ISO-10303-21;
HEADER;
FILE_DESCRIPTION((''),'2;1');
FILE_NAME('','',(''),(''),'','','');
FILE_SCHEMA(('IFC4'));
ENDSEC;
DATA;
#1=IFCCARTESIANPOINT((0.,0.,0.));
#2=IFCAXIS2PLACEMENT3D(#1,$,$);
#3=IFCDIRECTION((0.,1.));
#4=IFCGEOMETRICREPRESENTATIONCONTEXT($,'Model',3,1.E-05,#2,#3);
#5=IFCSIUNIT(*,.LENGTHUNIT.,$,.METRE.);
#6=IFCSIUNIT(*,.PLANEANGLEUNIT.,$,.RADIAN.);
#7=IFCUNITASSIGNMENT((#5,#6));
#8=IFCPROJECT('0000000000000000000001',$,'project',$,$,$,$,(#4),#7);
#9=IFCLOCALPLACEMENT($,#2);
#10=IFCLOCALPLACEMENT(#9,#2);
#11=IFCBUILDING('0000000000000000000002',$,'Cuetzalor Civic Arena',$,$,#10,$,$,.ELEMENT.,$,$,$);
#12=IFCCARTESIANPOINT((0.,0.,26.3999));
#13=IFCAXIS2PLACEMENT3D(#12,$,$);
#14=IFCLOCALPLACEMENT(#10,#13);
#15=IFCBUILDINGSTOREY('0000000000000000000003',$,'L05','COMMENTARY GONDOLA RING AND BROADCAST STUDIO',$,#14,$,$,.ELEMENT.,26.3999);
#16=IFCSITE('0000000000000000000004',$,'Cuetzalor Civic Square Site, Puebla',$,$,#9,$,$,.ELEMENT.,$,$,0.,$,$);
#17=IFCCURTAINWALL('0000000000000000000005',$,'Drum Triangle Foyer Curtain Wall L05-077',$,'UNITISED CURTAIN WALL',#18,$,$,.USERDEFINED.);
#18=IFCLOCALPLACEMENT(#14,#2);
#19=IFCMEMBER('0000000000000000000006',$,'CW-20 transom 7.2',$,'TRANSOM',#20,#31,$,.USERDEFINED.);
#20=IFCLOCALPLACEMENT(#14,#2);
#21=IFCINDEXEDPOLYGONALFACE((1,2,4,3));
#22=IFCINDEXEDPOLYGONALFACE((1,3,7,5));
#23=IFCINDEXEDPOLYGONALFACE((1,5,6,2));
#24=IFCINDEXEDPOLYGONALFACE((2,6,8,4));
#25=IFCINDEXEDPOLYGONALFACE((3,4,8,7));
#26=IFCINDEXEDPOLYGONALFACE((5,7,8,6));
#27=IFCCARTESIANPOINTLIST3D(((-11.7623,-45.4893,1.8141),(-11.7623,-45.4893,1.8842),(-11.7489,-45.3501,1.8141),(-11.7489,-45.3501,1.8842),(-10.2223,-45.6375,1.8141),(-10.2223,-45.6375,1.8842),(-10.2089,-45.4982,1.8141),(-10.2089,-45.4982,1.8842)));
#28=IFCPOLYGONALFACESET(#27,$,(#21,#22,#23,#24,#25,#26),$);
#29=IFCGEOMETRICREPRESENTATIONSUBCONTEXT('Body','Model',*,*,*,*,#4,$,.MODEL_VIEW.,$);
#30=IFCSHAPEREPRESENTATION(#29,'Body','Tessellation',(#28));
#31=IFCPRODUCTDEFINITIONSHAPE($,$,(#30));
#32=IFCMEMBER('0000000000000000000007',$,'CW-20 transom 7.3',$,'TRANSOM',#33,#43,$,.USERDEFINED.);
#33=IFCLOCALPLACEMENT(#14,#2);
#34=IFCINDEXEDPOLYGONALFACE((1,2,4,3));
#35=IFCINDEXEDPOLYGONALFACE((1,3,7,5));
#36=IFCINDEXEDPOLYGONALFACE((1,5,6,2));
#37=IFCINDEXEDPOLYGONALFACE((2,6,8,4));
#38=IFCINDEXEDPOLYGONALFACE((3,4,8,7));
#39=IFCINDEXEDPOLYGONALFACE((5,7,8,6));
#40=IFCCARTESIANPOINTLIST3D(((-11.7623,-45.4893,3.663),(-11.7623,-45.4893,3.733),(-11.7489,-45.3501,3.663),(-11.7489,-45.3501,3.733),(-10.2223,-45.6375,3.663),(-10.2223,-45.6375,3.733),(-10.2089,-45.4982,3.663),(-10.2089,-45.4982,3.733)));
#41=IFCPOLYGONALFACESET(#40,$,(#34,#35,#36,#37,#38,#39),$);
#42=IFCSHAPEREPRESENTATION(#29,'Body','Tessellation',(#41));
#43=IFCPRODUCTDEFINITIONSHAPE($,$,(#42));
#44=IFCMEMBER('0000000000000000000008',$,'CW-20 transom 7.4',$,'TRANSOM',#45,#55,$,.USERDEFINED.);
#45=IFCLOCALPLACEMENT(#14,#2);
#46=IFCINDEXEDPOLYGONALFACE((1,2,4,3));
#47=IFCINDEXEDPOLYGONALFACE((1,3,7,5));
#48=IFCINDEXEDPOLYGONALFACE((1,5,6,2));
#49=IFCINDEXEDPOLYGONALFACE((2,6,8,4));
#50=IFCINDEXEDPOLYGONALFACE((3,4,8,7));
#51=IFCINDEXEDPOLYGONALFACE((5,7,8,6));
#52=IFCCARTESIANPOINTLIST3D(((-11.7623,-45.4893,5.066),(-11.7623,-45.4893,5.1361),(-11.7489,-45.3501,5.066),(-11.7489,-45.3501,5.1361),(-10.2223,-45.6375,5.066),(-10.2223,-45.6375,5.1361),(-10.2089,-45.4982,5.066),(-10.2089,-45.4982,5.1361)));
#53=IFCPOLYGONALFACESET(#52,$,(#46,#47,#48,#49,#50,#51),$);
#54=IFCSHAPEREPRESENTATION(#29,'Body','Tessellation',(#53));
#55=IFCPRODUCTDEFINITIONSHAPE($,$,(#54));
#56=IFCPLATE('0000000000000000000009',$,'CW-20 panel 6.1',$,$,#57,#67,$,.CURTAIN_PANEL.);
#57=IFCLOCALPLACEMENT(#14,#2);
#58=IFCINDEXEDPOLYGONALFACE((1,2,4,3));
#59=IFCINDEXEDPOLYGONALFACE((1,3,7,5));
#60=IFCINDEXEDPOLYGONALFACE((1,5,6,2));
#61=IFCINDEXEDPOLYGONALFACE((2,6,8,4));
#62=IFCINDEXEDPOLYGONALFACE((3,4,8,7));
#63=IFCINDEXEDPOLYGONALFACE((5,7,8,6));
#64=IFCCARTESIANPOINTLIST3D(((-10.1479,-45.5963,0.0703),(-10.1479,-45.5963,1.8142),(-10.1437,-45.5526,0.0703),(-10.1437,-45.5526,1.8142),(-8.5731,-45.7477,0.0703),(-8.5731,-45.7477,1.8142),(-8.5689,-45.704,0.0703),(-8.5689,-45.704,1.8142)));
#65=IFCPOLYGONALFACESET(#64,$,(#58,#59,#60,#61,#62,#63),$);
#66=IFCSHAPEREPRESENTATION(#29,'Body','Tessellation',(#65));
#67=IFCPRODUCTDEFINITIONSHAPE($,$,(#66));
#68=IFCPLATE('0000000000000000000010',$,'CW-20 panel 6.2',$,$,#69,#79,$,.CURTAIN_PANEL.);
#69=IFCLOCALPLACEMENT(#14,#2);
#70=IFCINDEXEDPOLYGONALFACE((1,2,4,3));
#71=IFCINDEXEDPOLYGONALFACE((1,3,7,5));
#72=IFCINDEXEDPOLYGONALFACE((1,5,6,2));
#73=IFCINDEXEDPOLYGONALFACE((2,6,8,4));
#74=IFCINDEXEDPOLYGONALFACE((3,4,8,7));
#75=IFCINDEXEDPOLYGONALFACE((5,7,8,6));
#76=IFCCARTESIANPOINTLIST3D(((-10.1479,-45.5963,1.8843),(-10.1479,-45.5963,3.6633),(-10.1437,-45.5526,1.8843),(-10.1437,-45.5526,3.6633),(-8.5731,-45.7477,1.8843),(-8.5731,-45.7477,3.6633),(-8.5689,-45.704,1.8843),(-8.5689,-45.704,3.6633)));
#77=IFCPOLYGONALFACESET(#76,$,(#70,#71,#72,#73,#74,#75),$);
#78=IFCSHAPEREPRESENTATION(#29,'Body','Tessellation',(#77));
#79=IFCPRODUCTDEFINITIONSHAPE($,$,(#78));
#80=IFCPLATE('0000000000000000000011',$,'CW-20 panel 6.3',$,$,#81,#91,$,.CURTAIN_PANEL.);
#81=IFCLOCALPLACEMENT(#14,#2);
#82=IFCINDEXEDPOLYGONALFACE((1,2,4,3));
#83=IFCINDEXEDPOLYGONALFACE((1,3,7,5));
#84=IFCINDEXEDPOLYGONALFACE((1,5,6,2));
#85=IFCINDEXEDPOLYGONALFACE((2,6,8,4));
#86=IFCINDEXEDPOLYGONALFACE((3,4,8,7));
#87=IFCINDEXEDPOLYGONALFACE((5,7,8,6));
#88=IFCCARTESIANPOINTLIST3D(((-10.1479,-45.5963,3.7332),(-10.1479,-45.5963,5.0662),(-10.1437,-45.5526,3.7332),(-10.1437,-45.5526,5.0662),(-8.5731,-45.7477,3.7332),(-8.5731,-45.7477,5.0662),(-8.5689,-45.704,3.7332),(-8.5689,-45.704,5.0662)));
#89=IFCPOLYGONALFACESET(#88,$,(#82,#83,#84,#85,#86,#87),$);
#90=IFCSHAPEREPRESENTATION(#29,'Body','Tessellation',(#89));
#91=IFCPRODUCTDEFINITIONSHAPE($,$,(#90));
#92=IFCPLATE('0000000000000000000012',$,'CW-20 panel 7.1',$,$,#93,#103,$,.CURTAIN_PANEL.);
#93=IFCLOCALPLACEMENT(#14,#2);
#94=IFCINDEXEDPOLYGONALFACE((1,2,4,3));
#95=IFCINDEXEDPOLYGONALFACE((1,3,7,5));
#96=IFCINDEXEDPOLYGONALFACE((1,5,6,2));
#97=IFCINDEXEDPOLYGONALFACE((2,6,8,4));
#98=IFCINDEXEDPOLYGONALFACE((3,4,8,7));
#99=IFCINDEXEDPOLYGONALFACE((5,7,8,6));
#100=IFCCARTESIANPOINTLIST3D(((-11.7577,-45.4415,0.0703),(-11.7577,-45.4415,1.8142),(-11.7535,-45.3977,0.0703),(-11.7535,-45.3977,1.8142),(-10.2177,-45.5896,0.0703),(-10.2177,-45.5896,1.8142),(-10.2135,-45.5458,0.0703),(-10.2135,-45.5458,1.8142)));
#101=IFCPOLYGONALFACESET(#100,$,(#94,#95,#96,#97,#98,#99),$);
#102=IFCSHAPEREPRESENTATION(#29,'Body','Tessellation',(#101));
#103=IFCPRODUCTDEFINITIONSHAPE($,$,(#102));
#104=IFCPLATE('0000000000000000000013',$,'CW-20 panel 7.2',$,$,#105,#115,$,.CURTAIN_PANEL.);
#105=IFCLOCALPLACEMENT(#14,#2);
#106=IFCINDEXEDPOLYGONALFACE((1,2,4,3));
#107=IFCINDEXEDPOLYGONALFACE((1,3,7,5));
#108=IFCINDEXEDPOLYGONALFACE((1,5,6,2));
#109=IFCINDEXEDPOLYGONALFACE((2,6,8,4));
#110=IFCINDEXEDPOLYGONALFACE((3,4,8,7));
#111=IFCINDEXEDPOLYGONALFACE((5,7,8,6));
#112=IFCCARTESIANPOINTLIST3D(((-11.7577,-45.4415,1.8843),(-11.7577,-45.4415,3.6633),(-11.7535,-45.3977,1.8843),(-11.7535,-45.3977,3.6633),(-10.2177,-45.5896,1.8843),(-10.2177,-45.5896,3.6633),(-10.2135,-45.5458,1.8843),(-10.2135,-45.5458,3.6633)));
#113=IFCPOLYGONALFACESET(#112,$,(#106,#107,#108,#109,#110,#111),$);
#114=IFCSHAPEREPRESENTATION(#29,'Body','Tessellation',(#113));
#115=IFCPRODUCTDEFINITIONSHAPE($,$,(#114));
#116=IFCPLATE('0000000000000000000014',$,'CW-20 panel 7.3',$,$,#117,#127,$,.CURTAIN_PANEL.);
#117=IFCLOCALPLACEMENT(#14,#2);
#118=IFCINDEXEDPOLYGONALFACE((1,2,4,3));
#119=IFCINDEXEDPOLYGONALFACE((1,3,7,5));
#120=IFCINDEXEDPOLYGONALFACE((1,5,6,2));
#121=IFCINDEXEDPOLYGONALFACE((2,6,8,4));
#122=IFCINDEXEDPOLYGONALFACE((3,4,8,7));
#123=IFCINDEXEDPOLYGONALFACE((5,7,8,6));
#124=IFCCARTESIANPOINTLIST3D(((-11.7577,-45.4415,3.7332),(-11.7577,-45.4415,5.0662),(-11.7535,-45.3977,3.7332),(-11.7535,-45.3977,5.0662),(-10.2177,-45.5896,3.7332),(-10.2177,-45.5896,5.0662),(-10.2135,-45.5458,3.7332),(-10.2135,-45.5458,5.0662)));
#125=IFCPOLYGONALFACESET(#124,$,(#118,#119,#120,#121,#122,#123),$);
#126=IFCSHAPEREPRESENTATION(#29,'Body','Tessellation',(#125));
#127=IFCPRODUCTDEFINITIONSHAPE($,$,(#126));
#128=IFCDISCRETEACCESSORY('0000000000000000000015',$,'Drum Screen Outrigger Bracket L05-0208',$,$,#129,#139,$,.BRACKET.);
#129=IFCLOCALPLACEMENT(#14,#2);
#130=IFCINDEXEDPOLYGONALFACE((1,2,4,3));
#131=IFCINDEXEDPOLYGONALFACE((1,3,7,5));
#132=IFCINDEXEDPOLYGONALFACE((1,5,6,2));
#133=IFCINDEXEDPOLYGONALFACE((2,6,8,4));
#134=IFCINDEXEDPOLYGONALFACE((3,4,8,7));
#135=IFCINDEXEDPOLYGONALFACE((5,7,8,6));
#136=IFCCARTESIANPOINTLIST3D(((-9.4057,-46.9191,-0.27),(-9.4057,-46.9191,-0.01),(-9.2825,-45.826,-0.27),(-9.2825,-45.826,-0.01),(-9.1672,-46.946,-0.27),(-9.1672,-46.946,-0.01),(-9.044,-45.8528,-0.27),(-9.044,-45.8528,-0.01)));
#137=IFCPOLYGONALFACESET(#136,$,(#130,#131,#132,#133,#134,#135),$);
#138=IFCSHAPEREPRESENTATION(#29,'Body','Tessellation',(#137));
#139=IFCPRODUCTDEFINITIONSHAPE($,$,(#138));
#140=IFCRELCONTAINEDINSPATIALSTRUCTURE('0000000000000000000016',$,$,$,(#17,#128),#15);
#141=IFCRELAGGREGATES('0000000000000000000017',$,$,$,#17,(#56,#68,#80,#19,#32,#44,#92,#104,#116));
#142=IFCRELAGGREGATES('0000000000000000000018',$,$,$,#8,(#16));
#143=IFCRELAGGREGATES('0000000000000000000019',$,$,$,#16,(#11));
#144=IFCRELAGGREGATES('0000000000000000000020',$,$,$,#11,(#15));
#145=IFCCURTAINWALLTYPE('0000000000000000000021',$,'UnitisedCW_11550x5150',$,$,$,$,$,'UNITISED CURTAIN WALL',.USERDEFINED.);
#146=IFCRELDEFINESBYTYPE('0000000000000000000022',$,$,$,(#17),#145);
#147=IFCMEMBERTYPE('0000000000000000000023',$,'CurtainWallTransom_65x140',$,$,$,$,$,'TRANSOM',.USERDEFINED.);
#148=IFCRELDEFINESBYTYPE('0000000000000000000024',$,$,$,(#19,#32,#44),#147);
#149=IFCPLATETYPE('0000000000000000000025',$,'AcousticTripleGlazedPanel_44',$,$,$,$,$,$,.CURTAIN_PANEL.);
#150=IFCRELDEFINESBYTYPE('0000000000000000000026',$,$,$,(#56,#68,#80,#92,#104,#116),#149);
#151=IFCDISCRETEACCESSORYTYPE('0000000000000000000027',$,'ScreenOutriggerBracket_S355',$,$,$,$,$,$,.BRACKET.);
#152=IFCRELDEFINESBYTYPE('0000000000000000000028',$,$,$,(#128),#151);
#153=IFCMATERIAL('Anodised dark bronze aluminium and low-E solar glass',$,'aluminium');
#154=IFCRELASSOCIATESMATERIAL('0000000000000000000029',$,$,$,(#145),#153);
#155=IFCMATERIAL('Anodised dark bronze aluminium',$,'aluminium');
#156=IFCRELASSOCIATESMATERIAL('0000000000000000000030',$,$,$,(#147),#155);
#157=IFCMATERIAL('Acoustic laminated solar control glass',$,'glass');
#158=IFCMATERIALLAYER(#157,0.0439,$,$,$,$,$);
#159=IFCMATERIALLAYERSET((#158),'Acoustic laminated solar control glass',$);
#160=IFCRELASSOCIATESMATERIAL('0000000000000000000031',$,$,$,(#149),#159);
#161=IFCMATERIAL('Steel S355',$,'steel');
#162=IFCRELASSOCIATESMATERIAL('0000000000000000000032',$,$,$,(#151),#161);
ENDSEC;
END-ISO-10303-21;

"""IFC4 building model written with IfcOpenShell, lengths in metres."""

from ifc_helpers import new_model, si_unit, direction, frame, origin, origin_2d, place, context, subcontext, project, spatial, rectangle, extrude, material, layer, layer_set, material_profile, profile_set, type_object, element, aggregate, save


model = new_model("IFC4")

# Units and contexts
model_context = context("Model", 3, precision=1e-05, world=origin(), true_north=direction((0.0, 1.0)))
body_context = subcontext(model_context, "Body", "Model", "MODEL_VIEW")
ifc_project = project(units=[si_unit("LENGTHUNIT", "METRE"), si_unit("PLANEANGLEUNIT", "RADIAN")], contexts=[model_context])

# Site, building, storey
site_placement = place(None, origin())
site = spatial("IfcSite", under=ifc_project, at=site_placement, Name="Cuetzalor Civic Square Site, Puebla", CompositionType="ELEMENT", RefElevation=0.0)
building_placement = place(site_placement, origin())
building = spatial("IfcBuilding", under=site, at=building_placement, Name="Cuetzalor Civic Arena", CompositionType="ELEMENT")
storey_placement = place(building_placement, frame((0.0, 0.0, 26.3999)))
storey = spatial("IfcBuildingStorey", under=building, at=storey_placement, Name="L05", Description="COMMENTARY GONDOLA RING AND BROADCAST STUDIO", CompositionType="ELEMENT", Elevation=26.3999)

# Curtain wall, members, plates
ifc_material_1 = material(Name="Anodised dark bronze aluminium and low-E solar glass", Category="aluminium")
curtain_wall_type = type_object("IfcCurtainWallType", Name="UnitisedCW_11550x5150", ElementType="UNITISED CURTAIN WALL", PredefinedType="USERDEFINED", material=ifc_material_1)
curtain_wall_placement = place(storey_placement, origin())
curtain_wall = element("IfcCurtainWall", 1, at=curtain_wall_placement, inside=storey, type_object=curtain_wall_type, Name="Drum Triangle Foyer Curtain Wall L05-077", ObjectType="UNITISED CURTAIN WALL", PredefinedType="USERDEFINED")
ifc_material_2 = material(Name="Anodised dark bronze aluminium", Category="aluminium")
ifc_material_profile_1 = material_profile(ifc_material_2, rectangle(XDim=0.1399, YDim=0.0701, at=origin_2d()), Name="ALU TRANSOM 70x140")
ifc_profile_set_1 = profile_set([ifc_material_profile_1], Name="Anodised dark bronze aluminium")
member_type_1 = type_object("IfcMemberType", Name="CurtainWallTransom_65x140", ElementType="TRANSOM", PredefinedType="USERDEFINED", material=ifc_profile_set_1)
member_1_placement = place(storey_placement, frame((-10.2156, -45.5679, 1.8491), z_axis=(-0.995402, 0.095785, 0.0), x_axis=(-0.095785, -0.995402, 0.0)))
member_1 = element("IfcMember", 2, at=member_1_placement, type_object=member_type_1, Name="CW-20 transom 7.2", ObjectType="TRANSOM", PredefinedType="USERDEFINED", context=body_context, shape_type="SweptSolid", body=[
    extrude(rectangle(XDim=0.1399, YDim=0.0701, at=origin_2d()), origin(), (0.0, 0.0, 1.0), 1.5471),
])
member_2_placement = place(storey_placement, frame((-10.2156, -45.5679, 3.698), z_axis=(-0.995402, 0.095785, 0.0), x_axis=(-0.095785, -0.995402, 0.0)))
member_2 = element("IfcMember", 3, at=member_2_placement, type_object=member_type_1, Name="CW-20 transom 7.3", ObjectType="TRANSOM", PredefinedType="USERDEFINED", context=body_context, shape_type="SweptSolid", body=[
    extrude(rectangle(XDim=0.1399, YDim=0.0701, at=origin_2d()), origin(), (0.0, 0.0, 1.0), 1.5471),
])
member_3_placement = place(storey_placement, frame((-10.2156, -45.5679, 5.1011), z_axis=(-0.995402, 0.095785, 0.0), x_axis=(-0.095785, -0.995402, 0.0)))
member_3 = element("IfcMember", 4, at=member_3_placement, type_object=member_type_1, Name="CW-20 transom 7.4", ObjectType="TRANSOM", PredefinedType="USERDEFINED", context=body_context, shape_type="SweptSolid", body=[
    extrude(rectangle(XDim=0.1399, YDim=0.0701, at=origin_2d()), origin(), (0.0, 0.0, 1.0), 1.5471),
])
ifc_material_3 = material(Name="Acoustic laminated solar control glass", Category="glass")
ifc_layer = layer(ifc_material_3, 0.0439)
ifc_layer_set = layer_set([ifc_layer], Name="Acoustic laminated solar control glass")
plate_type = type_object("IfcPlateType", Name="AcousticTripleGlazedPanel_44", PredefinedType="CURTAIN_PANEL", material=ifc_layer_set)
plate_1_placement = place(storey_placement, frame((-9.3584, -45.6501, 0.0703), z_axis=(0.0, 0.0, 1.0), x_axis=(-0.995409, 0.095711, 0.0)))
plate_1 = element("IfcPlate", 5, at=plate_1_placement, type_object=plate_type, Name="CW-20 panel 6.1", PredefinedType="CURTAIN_PANEL", context=body_context, shape_type="SweptSolid", body=[
    extrude(rectangle(XDim=1.582, YDim=0.0439, at=origin_2d()), origin(), (0.0, 0.0, 1.0), 1.7439),
])
plate_2_placement = place(storey_placement, frame((-9.3584, -45.6501, 1.8843), z_axis=(0.0, 0.0, 1.0), x_axis=(-0.995409, 0.095711, 0.0)))
plate_2 = element("IfcPlate", 6, at=plate_2_placement, type_object=plate_type, Name="CW-20 panel 6.2", PredefinedType="CURTAIN_PANEL", context=body_context, shape_type="SweptSolid", body=[
    extrude(rectangle(XDim=1.582, YDim=0.0439, at=origin_2d()), origin(), (0.0, 0.0, 1.0), 1.7791),
])
plate_3_placement = place(storey_placement, frame((-9.3584, -45.6501, 3.7332), z_axis=(0.0, 0.0, 1.0), x_axis=(-0.995409, 0.095711, 0.0)))
plate_3 = element("IfcPlate", 7, at=plate_3_placement, type_object=plate_type, Name="CW-20 panel 6.3", PredefinedType="CURTAIN_PANEL", context=body_context, shape_type="SweptSolid", body=[
    extrude(rectangle(XDim=1.582, YDim=0.0439, at=origin_2d()), origin(), (0.0, 0.0, 1.0), 1.333),
])
plate_4_placement = place(storey_placement, frame((-10.9856, -45.4937, 0.0703), z_axis=(0.0, 0.0, 1.0), x_axis=(-0.995409, 0.095711, 0.0)))
plate_4 = element("IfcPlate", 8, at=plate_4_placement, type_object=plate_type, Name="CW-20 panel 7.1", PredefinedType="CURTAIN_PANEL", context=body_context, shape_type="SweptSolid", body=[
    extrude(rectangle(XDim=1.5471, YDim=0.0439, at=origin_2d()), origin(), (0.0, 0.0, 1.0), 1.7439),
])
plate_5_placement = place(storey_placement, frame((-10.9856, -45.4937, 1.8843), z_axis=(0.0, 0.0, 1.0), x_axis=(-0.995409, 0.095711, 0.0)))
plate_5 = element("IfcPlate", 9, at=plate_5_placement, type_object=plate_type, Name="CW-20 panel 7.2", PredefinedType="CURTAIN_PANEL", context=body_context, shape_type="SweptSolid", body=[
    extrude(rectangle(XDim=1.5471, YDim=0.0439, at=origin_2d()), origin(), (0.0, 0.0, 1.0), 1.7791),
])
plate_6_placement = place(storey_placement, frame((-10.9856, -45.4937, 3.7332), z_axis=(0.0, 0.0, 1.0), x_axis=(-0.995409, 0.095711, 0.0)))
plate_6 = element("IfcPlate", 10, at=plate_6_placement, type_object=plate_type, Name="CW-20 panel 7.3", PredefinedType="CURTAIN_PANEL", context=body_context, shape_type="SweptSolid", body=[
    extrude(rectangle(XDim=1.5471, YDim=0.0439, at=origin_2d()), origin(), (0.0, 0.0, 1.0), 1.333),
])
aggregate(curtain_wall, [plate_1, plate_2, plate_3, member_1, member_2, member_3, plate_4, plate_5, plate_6])

# Discrete accessory
ifc_material_4 = material(Name="Steel S355", Category="steel")
discrete_accessory_type = type_object("IfcDiscreteAccessoryType", Name="ScreenOutriggerBracket_S355", PredefinedType="BRACKET", material=ifc_material_4)
discrete_accessory_placement = place(storey_placement, frame((-9.2249, -46.386, -0.27), z_axis=(0.0, 0.0, 1.0), x_axis=(-0.111989, -0.993709, 0.0)))
element("IfcDiscreteAccessory", 11, at=discrete_accessory_placement, inside=storey, type_object=discrete_accessory_type, Name="Drum Screen Outrigger Bracket L05-0208", PredefinedType="BRACKET", context=body_context, shape_type="SweptSolid", body=[
    extrude(rectangle(XDim=1.1001, YDim=0.24, at=origin_2d()), origin(), (0.0, 0.0, 1.0), 0.26),
])

save(model, "model.ifc")
